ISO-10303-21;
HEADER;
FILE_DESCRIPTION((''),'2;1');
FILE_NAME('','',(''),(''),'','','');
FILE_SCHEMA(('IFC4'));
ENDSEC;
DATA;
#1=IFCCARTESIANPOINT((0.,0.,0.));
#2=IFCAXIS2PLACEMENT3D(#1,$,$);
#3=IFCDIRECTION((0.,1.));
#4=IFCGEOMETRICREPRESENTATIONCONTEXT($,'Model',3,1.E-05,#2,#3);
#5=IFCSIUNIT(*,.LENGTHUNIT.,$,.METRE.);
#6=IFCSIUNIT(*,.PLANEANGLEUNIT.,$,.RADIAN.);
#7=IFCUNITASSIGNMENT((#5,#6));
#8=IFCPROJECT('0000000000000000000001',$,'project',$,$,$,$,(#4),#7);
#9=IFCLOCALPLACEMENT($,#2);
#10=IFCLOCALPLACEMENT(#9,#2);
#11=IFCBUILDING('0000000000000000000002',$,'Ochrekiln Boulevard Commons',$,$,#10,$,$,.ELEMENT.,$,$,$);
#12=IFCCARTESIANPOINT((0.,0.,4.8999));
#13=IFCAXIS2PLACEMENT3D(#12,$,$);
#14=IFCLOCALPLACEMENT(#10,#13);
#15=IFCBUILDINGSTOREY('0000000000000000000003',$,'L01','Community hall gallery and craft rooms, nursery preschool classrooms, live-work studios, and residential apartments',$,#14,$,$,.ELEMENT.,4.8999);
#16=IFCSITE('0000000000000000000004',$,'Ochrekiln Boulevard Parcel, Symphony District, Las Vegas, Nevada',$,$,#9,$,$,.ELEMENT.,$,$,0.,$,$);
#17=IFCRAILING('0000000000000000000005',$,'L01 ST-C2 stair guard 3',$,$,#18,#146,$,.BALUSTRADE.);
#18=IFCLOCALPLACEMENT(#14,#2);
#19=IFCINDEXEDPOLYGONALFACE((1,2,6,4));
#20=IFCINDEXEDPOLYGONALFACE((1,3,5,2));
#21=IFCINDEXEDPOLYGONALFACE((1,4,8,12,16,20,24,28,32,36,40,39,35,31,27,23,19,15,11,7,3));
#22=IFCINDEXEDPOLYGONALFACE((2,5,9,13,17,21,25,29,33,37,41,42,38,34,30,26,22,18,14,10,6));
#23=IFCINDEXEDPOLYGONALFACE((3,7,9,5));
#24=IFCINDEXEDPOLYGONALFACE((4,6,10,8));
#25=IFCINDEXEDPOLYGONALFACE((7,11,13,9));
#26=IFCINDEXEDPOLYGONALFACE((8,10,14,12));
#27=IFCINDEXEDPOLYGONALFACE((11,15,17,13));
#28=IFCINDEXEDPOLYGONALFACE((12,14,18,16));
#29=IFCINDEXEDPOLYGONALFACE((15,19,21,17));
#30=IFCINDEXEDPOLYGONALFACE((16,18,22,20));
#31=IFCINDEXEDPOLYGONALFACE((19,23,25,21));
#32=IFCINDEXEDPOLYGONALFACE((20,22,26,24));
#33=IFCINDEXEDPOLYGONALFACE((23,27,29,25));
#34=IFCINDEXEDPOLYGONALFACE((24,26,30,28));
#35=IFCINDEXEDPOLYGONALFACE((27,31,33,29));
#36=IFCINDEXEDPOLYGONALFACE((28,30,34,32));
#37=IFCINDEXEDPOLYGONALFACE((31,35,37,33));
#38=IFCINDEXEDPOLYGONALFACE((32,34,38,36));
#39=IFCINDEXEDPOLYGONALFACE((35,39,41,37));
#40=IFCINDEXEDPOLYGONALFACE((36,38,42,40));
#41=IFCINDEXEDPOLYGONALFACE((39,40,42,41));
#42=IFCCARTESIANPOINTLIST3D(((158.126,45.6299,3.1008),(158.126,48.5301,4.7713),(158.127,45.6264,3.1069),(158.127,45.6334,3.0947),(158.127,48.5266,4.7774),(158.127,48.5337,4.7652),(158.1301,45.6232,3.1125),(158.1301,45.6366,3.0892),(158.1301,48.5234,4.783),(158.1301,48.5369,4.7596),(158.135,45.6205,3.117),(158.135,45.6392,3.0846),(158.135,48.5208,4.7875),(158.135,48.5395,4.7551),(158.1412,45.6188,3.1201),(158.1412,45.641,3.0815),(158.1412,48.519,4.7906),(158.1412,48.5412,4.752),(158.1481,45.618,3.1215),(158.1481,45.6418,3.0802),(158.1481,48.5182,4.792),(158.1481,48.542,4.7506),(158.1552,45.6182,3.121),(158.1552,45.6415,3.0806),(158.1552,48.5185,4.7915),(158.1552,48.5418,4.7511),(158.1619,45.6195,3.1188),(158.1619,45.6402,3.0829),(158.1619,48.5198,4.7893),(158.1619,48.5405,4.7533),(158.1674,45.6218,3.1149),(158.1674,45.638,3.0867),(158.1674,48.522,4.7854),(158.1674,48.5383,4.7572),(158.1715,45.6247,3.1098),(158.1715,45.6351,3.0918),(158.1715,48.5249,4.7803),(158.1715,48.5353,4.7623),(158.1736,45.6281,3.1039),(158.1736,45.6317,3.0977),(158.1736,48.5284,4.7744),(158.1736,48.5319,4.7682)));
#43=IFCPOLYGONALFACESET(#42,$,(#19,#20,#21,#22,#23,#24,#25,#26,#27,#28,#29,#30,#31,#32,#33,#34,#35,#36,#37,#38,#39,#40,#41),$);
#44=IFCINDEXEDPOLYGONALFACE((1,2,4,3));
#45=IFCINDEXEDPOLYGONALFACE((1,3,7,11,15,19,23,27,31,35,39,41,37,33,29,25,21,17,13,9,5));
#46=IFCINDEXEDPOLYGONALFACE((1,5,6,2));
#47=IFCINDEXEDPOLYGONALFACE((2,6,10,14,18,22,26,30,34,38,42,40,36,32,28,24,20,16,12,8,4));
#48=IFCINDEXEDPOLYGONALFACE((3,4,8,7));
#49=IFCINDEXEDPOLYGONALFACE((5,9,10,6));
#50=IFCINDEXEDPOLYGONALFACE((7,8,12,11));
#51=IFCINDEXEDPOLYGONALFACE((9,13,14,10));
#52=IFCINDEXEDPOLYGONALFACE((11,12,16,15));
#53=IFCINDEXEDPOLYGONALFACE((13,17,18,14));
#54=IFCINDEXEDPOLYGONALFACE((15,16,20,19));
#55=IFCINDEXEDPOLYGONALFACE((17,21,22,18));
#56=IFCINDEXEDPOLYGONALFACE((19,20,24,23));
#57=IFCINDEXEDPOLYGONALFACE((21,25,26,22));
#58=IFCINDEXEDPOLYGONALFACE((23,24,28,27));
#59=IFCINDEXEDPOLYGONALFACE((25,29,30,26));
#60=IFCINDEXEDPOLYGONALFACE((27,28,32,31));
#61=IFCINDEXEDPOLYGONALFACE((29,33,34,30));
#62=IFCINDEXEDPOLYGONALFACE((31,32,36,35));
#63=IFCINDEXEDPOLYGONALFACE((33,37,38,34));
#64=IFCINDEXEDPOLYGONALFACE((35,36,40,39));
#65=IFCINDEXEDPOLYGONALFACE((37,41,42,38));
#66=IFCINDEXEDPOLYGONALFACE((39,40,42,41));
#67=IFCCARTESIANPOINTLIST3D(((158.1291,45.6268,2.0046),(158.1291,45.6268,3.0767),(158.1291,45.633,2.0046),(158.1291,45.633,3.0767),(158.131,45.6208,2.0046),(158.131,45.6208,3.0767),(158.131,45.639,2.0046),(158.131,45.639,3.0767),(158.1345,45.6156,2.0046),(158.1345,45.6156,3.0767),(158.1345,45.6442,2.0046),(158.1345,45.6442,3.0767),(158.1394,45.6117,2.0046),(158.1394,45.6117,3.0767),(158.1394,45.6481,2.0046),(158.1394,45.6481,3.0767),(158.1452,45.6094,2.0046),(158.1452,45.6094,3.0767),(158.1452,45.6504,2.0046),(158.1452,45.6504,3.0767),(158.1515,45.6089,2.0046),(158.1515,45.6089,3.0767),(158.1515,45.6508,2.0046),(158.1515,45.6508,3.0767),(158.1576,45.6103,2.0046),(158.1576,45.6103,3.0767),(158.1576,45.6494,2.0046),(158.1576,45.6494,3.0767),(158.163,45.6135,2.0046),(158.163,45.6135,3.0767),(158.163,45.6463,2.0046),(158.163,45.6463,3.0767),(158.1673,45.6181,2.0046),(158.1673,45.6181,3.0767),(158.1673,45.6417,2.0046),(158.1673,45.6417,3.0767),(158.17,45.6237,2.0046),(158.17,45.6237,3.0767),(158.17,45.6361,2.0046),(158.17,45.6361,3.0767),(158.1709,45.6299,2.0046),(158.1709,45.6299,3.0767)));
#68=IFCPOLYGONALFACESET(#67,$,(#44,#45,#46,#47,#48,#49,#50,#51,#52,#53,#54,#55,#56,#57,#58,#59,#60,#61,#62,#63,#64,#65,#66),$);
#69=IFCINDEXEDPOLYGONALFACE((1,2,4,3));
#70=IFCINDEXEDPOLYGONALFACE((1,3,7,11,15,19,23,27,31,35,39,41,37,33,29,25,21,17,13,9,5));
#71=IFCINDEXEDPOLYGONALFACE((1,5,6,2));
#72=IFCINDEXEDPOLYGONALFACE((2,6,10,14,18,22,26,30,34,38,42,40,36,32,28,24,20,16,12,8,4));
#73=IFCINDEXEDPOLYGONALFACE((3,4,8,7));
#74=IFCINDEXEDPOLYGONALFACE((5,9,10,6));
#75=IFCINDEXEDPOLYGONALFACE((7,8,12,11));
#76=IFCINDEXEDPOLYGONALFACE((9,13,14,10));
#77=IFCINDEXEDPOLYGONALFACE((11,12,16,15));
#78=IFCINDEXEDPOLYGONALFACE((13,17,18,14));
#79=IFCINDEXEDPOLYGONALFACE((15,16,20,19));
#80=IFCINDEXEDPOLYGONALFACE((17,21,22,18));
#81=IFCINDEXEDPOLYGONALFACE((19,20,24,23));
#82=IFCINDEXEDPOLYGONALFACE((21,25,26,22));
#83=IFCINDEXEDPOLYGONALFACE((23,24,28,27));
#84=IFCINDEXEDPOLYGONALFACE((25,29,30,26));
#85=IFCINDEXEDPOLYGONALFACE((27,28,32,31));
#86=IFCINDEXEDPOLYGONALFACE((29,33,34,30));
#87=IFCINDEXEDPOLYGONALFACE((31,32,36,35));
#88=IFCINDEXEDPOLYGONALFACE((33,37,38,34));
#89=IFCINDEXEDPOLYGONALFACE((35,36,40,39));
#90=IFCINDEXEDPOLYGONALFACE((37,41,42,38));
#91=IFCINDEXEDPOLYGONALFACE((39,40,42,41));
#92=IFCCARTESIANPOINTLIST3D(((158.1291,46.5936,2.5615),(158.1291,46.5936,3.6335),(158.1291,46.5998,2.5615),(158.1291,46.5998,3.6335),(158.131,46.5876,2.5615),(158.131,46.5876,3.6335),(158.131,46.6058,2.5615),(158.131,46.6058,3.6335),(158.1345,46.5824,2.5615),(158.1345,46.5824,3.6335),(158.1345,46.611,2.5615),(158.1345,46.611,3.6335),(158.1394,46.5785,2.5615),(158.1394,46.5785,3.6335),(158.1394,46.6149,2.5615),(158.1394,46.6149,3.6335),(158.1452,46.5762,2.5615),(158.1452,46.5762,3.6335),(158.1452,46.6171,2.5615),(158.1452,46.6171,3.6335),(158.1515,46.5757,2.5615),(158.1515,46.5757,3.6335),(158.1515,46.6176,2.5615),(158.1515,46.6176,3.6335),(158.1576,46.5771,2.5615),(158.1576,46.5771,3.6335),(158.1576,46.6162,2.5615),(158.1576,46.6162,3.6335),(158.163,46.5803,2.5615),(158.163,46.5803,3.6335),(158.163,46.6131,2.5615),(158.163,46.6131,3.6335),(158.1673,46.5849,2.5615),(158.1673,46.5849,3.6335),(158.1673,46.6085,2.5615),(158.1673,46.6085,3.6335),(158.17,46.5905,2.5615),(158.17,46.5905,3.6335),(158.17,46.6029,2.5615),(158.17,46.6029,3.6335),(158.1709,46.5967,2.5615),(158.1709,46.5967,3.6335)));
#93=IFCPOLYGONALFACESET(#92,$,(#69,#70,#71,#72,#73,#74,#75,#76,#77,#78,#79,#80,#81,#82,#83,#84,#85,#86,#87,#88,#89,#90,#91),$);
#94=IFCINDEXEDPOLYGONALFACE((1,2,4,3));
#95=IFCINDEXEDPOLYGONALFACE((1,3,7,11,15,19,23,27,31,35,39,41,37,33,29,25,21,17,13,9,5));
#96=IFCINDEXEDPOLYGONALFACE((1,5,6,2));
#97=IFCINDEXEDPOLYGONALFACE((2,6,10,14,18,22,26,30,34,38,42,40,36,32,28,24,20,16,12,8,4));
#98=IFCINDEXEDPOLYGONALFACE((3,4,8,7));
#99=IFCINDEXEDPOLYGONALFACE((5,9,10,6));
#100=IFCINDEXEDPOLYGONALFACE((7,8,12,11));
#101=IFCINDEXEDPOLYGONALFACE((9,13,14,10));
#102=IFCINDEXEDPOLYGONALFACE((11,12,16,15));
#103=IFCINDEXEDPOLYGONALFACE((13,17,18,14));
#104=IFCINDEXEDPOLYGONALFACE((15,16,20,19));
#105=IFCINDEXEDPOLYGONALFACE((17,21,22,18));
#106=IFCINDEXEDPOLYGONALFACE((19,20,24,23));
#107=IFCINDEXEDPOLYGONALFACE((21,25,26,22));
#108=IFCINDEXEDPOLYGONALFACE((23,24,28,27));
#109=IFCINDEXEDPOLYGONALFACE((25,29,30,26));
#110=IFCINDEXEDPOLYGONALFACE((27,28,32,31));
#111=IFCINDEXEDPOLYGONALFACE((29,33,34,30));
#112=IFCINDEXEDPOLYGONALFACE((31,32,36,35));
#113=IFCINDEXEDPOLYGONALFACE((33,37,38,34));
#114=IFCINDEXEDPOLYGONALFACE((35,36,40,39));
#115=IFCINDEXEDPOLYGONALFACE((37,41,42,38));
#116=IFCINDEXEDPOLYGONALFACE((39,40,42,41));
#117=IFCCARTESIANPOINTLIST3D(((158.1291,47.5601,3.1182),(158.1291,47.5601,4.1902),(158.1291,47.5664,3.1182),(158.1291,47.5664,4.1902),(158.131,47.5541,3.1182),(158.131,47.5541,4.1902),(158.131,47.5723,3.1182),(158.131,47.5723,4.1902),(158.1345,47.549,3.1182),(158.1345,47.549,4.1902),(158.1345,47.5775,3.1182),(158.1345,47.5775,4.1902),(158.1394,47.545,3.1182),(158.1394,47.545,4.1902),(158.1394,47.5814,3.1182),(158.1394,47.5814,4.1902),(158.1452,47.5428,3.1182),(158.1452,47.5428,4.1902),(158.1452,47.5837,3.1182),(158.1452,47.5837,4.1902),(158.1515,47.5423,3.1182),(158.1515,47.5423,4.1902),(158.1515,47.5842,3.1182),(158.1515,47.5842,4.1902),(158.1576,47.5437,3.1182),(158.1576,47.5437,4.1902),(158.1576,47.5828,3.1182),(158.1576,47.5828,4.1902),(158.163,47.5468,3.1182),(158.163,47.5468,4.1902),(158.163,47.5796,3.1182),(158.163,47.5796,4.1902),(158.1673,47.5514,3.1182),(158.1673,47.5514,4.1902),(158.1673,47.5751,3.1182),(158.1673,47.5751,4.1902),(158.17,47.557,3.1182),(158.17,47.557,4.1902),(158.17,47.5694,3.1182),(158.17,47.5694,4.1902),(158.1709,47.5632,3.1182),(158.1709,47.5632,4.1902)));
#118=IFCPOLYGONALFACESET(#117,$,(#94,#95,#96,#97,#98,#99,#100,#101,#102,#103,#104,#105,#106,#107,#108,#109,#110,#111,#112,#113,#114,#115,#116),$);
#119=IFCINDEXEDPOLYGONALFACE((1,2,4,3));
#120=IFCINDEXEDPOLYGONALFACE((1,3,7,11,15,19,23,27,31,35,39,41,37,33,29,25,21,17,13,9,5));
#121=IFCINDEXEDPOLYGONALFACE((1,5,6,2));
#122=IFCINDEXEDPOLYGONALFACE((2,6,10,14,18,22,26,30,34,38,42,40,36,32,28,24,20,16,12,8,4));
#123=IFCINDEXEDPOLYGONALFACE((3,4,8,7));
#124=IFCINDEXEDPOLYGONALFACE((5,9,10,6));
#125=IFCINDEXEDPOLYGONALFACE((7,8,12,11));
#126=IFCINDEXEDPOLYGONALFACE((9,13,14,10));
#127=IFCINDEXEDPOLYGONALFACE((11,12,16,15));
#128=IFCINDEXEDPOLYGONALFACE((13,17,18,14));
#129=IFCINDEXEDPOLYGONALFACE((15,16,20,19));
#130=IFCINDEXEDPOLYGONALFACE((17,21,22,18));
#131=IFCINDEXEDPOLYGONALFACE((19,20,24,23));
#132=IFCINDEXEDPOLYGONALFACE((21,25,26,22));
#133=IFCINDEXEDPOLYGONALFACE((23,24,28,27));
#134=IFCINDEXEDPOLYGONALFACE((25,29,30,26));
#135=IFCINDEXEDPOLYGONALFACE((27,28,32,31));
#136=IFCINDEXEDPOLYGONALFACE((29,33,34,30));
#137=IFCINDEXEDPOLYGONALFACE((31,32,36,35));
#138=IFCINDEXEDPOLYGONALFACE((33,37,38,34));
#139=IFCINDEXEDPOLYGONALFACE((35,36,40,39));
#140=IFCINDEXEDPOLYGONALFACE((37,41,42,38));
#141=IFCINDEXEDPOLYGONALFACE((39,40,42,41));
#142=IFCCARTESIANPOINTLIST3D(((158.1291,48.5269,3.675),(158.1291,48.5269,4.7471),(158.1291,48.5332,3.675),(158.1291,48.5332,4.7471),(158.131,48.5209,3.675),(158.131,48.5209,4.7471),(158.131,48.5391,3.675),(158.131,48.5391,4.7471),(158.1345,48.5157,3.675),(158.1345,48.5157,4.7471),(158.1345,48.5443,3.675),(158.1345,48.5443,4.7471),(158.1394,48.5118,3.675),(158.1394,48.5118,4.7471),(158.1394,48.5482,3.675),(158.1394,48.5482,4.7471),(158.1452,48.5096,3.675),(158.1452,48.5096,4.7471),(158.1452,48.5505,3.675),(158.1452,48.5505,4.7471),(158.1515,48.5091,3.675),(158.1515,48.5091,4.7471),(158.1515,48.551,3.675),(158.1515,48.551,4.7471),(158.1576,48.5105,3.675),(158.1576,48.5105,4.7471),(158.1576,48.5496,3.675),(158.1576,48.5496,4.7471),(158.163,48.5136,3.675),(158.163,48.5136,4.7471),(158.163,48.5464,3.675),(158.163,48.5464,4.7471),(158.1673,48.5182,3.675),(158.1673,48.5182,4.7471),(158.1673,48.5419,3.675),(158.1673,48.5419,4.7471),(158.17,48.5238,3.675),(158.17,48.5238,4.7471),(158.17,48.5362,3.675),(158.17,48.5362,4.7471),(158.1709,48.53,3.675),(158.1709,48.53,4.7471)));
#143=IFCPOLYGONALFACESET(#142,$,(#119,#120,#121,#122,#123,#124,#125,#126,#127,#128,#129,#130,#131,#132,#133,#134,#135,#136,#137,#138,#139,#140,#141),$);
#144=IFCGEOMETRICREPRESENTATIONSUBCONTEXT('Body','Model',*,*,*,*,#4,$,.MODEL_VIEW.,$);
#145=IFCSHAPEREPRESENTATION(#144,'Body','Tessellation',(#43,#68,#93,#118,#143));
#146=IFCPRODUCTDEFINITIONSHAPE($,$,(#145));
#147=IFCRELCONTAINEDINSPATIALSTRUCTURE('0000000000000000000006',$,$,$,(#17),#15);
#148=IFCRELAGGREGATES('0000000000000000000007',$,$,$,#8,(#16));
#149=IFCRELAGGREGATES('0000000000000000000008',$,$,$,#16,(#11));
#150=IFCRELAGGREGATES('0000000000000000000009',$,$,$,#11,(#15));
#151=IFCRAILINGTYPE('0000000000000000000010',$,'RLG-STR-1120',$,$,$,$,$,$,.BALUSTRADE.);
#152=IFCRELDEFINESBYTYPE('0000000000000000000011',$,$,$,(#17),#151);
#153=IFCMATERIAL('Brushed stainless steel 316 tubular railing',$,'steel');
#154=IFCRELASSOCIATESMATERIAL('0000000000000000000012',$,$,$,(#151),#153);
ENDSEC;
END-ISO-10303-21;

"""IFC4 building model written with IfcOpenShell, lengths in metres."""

from ifc_helpers import new_model, si_unit, direction, frame, origin, origin_2d, place, context, subcontext, project, spatial, circle, extrude, material, type_object, element, save


model = new_model("IFC4")

# Units and contexts
model_context = context("Model", 3, precision=1e-05, world=origin(), true_north=direction((0.0, 1.0)))
body_context = subcontext(model_context, "Body", "Model", "MODEL_VIEW")
ifc_project = project(units=[si_unit("LENGTHUNIT", "METRE"), si_unit("PLANEANGLEUNIT", "RADIAN")], contexts=[model_context])

# Site, building, storey
site_placement = place(None, origin())
site = spatial("IfcSite", under=ifc_project, at=site_placement, Name="Ochrekiln Boulevard Parcel, Symphony District, Las Vegas, Nevada", CompositionType="ELEMENT", RefElevation=0.0)
building_placement = place(site_placement, origin())
building = spatial("IfcBuilding", under=site, at=building_placement, Name="Ochrekiln Boulevard Commons", CompositionType="ELEMENT")
storey_placement = place(building_placement, frame((0.0, 0.0, 4.8999)))
storey = spatial("IfcBuildingStorey", under=building, at=storey_placement, Name="L01", Description="Community hall gallery and craft rooms, nursery preschool classrooms, live-work studios, and residential apartments", CompositionType="ELEMENT", Elevation=4.8999)

# Railing
ifc_material_1 = material(Name="Brushed stainless steel 316 tubular railing", Category="steel")
railing_type = type_object("IfcRailingType", Name="RLG-STR-1120", PredefinedType="BALUSTRADE", material=ifc_material_1)
railing_1_placement = place(storey_placement, frame((158.1499, 45.6299, 2.0046)))
element("IfcRailing", 1, at=railing_1_placement, inside=storey, type_object=railing_type, Name="L01 ST-C2 stair guard 3", PredefinedType="BALUSTRADE", context=body_context, shape_type="SweptSolid", body=[
    extrude(circle(Radius=0.0239, at=origin_2d()), frame((0.0, 0.0, 1.0962), z_axis=(0.0, 0.866541, 0.499106), x_axis=(-1.0, 0.0, 0.0)), (0.0, 0.0, 1.0), 3.3469),
    extrude(circle(Radius=0.021, at=origin_2d()), origin(), (0.0, 0.0, 1.0), 1.072),
    extrude(circle(Radius=0.021, at=origin_2d()), frame((0.0, 0.9668, 0.5569)), (0.0, 0.0, 1.0), 1.072),
    extrude(circle(Radius=0.021, at=origin_2d()), frame((0.0, 1.9333, 1.1135)), (0.0, 0.0, 1.0), 1.072),
    extrude(circle(Radius=0.021, at=origin_2d()), frame((0.0, 2.9001, 1.6704)), (0.0, 0.0, 1.0), 1.072),
])

save(model, "model.ifc")
